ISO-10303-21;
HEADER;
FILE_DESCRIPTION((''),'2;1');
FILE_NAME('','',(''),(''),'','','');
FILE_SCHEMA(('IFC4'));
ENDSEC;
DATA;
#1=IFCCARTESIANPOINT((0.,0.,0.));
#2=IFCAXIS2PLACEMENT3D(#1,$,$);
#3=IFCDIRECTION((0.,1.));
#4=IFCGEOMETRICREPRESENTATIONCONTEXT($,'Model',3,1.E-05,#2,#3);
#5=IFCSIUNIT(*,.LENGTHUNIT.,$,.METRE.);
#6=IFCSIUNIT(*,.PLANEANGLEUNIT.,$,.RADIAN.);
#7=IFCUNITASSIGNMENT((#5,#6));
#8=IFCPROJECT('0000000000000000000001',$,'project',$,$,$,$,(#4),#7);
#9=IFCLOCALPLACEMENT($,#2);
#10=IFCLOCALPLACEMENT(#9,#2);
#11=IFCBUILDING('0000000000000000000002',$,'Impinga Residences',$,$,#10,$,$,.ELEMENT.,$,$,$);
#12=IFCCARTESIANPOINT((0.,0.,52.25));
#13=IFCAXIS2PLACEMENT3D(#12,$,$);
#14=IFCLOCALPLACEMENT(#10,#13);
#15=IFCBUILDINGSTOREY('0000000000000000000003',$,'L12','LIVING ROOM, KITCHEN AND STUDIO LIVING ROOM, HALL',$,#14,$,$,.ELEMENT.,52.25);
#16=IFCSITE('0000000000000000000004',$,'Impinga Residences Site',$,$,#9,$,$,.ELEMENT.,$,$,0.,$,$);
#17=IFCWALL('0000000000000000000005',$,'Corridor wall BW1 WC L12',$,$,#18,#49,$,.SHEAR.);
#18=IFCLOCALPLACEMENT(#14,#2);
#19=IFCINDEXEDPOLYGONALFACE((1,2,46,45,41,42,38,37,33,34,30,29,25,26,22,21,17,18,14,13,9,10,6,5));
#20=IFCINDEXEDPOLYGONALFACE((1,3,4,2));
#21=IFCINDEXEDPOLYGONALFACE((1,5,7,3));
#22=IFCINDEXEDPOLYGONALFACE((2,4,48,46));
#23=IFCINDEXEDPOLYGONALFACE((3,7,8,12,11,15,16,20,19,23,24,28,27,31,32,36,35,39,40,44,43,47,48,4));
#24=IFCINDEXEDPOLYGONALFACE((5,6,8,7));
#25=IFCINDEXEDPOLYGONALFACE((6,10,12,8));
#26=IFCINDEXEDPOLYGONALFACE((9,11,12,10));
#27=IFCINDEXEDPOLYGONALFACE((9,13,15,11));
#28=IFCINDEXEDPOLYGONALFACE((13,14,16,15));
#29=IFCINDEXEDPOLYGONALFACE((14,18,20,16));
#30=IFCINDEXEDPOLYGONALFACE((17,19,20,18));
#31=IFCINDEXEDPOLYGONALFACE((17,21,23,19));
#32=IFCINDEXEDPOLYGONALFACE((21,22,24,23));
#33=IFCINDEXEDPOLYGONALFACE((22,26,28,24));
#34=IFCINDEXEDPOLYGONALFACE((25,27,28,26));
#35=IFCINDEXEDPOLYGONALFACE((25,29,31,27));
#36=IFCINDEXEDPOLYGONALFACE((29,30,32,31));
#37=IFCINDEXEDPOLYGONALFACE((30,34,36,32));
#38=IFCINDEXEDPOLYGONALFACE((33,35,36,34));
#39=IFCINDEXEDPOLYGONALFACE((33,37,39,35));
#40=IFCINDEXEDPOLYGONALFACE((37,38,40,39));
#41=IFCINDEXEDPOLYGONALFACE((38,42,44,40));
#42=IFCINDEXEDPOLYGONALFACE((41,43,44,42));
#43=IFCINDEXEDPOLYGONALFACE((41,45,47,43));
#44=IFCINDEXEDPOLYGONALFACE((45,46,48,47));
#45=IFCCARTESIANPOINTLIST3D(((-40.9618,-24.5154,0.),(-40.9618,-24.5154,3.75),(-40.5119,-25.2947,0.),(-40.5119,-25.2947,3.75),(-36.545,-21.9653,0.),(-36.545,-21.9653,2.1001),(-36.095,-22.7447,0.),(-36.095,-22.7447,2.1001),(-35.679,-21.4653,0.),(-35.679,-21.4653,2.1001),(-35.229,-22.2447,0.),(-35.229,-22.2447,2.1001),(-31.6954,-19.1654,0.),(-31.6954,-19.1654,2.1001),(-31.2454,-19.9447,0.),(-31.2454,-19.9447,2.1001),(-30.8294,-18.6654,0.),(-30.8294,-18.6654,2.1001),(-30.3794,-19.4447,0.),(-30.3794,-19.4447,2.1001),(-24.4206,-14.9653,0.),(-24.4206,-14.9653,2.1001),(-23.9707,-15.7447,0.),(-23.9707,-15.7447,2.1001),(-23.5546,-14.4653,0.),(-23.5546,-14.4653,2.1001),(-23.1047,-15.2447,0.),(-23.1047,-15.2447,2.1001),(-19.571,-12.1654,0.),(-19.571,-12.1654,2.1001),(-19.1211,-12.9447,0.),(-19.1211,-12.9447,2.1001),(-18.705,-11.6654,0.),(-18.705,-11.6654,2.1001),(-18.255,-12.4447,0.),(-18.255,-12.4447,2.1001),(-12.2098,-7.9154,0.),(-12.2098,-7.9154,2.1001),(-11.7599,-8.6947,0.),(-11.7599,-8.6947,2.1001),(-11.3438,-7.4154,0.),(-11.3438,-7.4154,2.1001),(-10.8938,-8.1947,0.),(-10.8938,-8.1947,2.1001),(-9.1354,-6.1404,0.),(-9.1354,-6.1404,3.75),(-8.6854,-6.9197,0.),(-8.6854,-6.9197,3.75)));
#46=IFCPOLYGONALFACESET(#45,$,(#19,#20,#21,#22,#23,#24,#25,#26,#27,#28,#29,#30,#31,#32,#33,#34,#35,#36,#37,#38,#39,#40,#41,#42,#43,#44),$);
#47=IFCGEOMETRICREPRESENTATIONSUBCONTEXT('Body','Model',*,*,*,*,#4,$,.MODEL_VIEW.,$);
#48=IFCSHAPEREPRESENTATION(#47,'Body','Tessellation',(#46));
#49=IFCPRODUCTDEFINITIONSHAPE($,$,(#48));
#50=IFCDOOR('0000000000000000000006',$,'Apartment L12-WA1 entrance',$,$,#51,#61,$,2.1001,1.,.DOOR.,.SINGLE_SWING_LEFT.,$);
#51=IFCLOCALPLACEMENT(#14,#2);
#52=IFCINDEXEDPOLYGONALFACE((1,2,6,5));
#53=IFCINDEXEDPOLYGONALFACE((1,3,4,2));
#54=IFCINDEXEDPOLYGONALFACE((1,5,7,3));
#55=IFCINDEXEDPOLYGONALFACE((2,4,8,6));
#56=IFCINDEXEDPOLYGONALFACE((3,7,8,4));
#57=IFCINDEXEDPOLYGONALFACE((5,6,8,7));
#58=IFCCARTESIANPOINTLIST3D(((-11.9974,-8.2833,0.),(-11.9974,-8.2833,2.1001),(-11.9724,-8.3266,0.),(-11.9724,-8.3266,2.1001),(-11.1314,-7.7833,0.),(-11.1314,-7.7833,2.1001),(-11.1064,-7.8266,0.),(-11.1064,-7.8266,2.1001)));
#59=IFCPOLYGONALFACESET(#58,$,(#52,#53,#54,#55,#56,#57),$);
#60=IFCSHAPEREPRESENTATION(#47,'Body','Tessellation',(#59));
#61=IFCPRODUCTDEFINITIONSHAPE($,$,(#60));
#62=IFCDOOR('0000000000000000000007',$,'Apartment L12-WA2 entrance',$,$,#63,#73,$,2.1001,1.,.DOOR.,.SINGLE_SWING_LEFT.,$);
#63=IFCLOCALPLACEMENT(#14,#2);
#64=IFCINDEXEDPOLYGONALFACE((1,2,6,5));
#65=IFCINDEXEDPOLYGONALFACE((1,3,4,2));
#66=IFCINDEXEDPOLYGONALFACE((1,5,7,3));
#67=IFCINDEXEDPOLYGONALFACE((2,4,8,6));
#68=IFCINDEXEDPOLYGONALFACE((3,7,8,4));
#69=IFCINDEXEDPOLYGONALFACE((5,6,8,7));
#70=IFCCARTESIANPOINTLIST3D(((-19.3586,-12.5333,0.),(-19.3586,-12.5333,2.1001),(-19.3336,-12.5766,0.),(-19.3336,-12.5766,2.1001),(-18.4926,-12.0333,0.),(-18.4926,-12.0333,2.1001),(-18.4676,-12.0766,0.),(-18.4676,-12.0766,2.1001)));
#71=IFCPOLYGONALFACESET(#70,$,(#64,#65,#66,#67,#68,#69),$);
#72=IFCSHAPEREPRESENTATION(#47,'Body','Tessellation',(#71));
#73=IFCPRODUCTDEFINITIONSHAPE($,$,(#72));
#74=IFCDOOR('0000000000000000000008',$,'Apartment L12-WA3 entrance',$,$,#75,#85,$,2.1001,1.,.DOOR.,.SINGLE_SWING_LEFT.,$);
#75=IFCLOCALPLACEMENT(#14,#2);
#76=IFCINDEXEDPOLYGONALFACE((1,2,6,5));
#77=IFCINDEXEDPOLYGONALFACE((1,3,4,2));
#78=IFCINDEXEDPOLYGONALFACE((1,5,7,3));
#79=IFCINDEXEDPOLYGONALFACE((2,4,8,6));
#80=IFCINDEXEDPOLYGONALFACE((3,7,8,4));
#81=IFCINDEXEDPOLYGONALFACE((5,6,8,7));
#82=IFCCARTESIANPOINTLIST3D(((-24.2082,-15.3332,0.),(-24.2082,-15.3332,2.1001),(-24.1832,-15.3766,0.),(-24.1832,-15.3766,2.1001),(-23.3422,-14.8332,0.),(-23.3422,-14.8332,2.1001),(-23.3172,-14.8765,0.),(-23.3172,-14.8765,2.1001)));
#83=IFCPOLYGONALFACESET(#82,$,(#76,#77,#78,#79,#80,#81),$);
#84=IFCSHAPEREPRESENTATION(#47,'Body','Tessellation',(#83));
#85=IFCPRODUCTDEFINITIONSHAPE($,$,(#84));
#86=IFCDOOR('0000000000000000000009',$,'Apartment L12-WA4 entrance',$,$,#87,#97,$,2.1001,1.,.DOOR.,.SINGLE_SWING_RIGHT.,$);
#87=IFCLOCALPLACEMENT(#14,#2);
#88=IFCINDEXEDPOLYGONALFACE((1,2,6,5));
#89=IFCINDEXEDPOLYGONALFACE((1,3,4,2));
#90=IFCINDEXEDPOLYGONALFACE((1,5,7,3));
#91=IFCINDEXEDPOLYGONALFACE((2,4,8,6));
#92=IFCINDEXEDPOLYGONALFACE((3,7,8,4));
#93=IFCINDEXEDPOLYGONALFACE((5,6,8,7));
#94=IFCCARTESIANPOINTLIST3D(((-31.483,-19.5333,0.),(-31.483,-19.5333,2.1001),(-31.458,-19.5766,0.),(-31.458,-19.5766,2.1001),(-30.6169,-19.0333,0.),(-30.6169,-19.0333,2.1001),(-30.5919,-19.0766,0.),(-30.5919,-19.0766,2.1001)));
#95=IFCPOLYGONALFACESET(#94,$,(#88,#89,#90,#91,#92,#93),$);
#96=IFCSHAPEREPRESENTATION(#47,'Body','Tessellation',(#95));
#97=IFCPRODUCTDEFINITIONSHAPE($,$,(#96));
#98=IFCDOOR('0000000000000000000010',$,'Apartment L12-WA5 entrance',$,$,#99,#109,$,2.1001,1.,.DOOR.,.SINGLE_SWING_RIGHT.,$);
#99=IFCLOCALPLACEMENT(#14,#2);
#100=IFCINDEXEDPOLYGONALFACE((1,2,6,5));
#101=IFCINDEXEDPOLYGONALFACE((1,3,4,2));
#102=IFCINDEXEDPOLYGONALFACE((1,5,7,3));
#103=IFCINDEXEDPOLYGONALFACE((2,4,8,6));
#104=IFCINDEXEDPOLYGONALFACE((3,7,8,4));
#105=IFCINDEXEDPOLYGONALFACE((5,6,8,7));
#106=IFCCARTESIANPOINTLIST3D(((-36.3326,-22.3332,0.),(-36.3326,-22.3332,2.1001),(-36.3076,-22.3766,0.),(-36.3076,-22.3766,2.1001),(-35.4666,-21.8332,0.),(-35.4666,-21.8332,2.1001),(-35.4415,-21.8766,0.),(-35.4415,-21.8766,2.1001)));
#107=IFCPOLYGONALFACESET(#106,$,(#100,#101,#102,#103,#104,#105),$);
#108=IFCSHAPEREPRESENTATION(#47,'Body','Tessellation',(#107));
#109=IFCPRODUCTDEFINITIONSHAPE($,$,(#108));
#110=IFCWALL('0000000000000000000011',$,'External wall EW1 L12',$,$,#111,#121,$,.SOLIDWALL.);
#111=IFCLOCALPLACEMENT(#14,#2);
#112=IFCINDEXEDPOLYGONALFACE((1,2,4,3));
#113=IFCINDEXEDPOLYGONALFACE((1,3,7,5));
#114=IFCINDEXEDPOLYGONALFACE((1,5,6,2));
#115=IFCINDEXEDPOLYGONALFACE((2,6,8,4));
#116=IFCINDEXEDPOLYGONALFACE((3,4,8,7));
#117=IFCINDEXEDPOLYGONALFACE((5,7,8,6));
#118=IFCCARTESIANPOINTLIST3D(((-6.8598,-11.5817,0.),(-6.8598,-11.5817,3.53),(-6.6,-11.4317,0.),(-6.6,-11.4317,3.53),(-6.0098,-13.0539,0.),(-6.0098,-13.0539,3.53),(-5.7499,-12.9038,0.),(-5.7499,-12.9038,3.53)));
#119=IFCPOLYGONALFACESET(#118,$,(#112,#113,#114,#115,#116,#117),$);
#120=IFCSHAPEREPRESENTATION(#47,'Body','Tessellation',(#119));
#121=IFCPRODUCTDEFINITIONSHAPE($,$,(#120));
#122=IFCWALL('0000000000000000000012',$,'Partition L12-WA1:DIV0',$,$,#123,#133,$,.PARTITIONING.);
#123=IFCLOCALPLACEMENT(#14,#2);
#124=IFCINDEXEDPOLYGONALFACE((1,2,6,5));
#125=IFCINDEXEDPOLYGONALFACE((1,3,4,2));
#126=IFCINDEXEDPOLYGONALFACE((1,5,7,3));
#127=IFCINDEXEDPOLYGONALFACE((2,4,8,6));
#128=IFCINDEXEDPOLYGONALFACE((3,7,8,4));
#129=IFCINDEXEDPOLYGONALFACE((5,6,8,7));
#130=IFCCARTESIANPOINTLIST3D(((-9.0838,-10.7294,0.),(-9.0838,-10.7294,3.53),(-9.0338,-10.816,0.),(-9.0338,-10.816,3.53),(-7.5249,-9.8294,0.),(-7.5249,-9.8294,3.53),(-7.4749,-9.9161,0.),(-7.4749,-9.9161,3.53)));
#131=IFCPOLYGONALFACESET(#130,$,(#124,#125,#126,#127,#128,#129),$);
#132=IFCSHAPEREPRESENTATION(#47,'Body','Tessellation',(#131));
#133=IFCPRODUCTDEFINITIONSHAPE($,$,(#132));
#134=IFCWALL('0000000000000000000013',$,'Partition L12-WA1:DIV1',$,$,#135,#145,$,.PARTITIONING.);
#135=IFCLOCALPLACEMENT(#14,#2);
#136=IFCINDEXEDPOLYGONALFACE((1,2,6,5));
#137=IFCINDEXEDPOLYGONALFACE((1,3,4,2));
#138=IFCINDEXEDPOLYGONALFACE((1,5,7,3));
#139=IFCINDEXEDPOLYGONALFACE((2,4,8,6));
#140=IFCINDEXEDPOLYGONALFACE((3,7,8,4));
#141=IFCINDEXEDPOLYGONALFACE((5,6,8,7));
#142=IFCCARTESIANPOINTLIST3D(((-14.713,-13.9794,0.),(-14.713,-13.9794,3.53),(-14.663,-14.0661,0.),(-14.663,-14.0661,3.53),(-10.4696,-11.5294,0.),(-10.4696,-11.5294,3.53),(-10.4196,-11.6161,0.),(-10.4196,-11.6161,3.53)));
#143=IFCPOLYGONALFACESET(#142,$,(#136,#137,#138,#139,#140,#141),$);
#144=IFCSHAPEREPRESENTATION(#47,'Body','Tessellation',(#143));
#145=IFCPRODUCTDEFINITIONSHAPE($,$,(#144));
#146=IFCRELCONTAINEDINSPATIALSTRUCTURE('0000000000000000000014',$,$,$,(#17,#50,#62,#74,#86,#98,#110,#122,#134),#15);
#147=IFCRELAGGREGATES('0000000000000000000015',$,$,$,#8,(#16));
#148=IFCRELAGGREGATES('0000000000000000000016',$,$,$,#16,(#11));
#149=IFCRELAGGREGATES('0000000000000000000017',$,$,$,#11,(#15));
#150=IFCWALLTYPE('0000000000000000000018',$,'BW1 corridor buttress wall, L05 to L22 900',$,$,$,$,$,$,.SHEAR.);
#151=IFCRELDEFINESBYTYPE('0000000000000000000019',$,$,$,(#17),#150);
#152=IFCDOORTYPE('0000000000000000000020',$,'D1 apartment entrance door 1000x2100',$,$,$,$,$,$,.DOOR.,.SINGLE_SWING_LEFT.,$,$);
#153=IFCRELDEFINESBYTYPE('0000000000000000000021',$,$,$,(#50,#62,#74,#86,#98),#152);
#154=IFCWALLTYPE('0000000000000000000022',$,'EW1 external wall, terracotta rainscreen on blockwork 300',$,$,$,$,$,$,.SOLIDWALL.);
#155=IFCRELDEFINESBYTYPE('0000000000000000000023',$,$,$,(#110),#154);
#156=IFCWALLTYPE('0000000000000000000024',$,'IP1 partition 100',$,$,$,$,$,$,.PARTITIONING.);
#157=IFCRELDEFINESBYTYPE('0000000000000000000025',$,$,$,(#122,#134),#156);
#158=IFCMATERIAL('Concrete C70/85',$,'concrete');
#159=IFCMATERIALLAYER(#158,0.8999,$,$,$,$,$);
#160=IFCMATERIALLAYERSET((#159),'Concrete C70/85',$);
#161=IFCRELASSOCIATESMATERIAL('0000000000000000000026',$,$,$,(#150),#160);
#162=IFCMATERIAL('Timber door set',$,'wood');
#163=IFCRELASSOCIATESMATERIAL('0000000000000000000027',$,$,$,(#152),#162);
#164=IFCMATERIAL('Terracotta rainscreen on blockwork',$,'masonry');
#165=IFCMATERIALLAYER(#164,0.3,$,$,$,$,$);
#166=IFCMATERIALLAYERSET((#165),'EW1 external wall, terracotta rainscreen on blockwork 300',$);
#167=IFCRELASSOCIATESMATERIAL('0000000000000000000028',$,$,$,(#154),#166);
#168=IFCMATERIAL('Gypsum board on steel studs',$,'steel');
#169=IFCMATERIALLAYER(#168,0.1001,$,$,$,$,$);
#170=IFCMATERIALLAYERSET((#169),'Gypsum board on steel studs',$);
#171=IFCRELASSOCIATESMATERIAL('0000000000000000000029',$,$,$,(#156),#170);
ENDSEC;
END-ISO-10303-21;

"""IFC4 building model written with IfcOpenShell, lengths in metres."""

from ifc_helpers import new_model, si_unit, direction, frame, frame_2d, origin, place, context, subcontext, project, spatial, rectangle, extrude, material, layer, layer_set, type_object, element, fill, save


model = new_model("IFC4")

# Units and contexts
model_context = context("Model", 3, precision=1e-05, world=origin(), true_north=direction((0.0, 1.0)))
body_context = subcontext(model_context, "Body", "Model", "MODEL_VIEW")
ifc_project = project(units=[si_unit("LENGTHUNIT", "METRE"), si_unit("PLANEANGLEUNIT", "RADIAN")], contexts=[model_context])

# Site, building, storey
site_placement = place(None, origin())
site = spatial("IfcSite", under=ifc_project, at=site_placement, Name="Impinga Residences Site", CompositionType="ELEMENT", RefElevation=0.0)
building_placement = place(site_placement, origin())
building = spatial("IfcBuilding", under=site, at=building_placement, Name="Impinga Residences", CompositionType="ELEMENT")
storey_placement = place(building_placement, frame((0.0, 0.0, 52.25)))
storey = spatial("IfcBuildingStorey", under=building, at=storey_placement, Name="L12", Description="LIVING ROOM, KITCHEN AND STUDIO LIVING ROOM, HALL", CompositionType="ELEMENT", Elevation=52.25)

# Wall, openings, doors
ifc_material_1 = material(Name="Concrete C70/85", Category="concrete")
ifc_layer_1 = layer(ifc_material_1, 0.8999)
ifc_layer_set_1 = layer_set([ifc_layer_1], Name="Concrete C70/85")
wall_type_1 = type_object("IfcWallType", Name="BW1 corridor buttress wall, L05 to L22 900", PredefinedType="SHEAR", material=ifc_layer_set_1)
wall_1_placement = place(storey_placement, frame((-8.9104, -6.53, 0.0), z_axis=(0.0, 0.0, 1.0), x_axis=(-0.866025, -0.5, 0.0)))
wall_1 = element("IfcWall", 1, at=wall_1_placement, inside=storey, type_object=wall_type_1, Name="Corridor wall BW1 WC L12", PredefinedType="SHEAR", context=body_context, shape_type="SweptSolid", body=[
    extrude(rectangle(XDim=36.75, YDim=0.8999, at=frame_2d((18.375, 0.0))), origin(), (0.0, 0.0, 1.0), 3.75),
])
opening_1_placement = place(wall_1_placement, frame((2.55, 0.0, 0.0)))
opening_1 = element("IfcOpeningElement", 2, at=opening_1_placement, cuts=wall_1, PredefinedType="OPENING", context=body_context, shape_type="SweptSolid", body=[
    extrude(rectangle(XDim=1.0, YDim=2.1001, at=frame_2d((0.5, 1.05))), frame((0.0, 0.46, 0.0), z_axis=(0.0, -1.0, 0.0), x_axis=(1.0, 0.0, 0.0)), (0.0, 0.0, 1.0), 0.9199),
])
opening_2_placement = place(wall_1_placement, frame((11.05, 0.0, 0.0)))
opening_2 = element("IfcOpeningElement", 3, at=opening_2_placement, cuts=wall_1, PredefinedType="OPENING", context=body_context, shape_type="SweptSolid", body=[
    extrude(rectangle(XDim=1.0, YDim=2.1001, at=frame_2d((0.5, 1.05))), frame((0.0, 0.46, 0.0), z_axis=(0.0, -1.0, 0.0), x_axis=(1.0, 0.0, 0.0)), (0.0, 0.0, 1.0), 0.9199),
])
opening_3_placement = place(wall_1_placement, frame((16.6499, 0.0, 0.0)))
opening_3 = element("IfcOpeningElement", 4, at=opening_3_placement, cuts=wall_1, PredefinedType="OPENING", context=body_context, shape_type="SweptSolid", body=[
    extrude(rectangle(XDim=1.0, YDim=2.1001, at=frame_2d((0.5, 1.05))), frame((0.0, 0.46, 0.0), z_axis=(0.0, -1.0, 0.0), x_axis=(1.0, 0.0, 0.0)), (0.0, 0.0, 1.0), 0.9199),
])
opening_4_placement = place(wall_1_placement, frame((25.05, 0.0, 0.0)))
opening_4 = element("IfcOpeningElement", 5, at=opening_4_placement, cuts=wall_1, PredefinedType="OPENING", context=body_context, shape_type="SweptSolid", body=[
    extrude(rectangle(XDim=1.0, YDim=2.1001, at=frame_2d((0.5, 1.05))), frame((0.0, 0.46, 0.0), z_axis=(0.0, -1.0, 0.0), x_axis=(1.0, 0.0, 0.0)), (0.0, 0.0, 1.0), 0.9199),
])
opening_5_placement = place(wall_1_placement, frame((30.6499, 0.0, 0.0)))
opening_5 = element("IfcOpeningElement", 6, at=opening_5_placement, cuts=wall_1, PredefinedType="OPENING", context=body_context, shape_type="SweptSolid", body=[
    extrude(rectangle(XDim=1.0, YDim=2.1001, at=frame_2d((0.5, 1.05))), frame((0.0, 0.46, 0.0), z_axis=(0.0, -1.0, 0.0), x_axis=(1.0, 0.0, 0.0)), (0.0, 0.0, 1.0), 0.9199),
])
ifc_material_2 = material(Name="Timber door set", Category="wood")
door_type_1 = type_object("IfcDoorType", Name="D1 apartment entrance door 1000x2100", OperationType="SINGLE_SWING_LEFT", PredefinedType="DOOR", material=ifc_material_2)
door_1_placement = place(opening_1_placement, origin())
door_1 = element("IfcDoor", 7, at=door_1_placement, inside=storey, type_object=door_type_1, Name="Apartment L12-WA1 entrance", OperationType="SINGLE_SWING_LEFT", OverallHeight=2.1001, OverallWidth=1.0, PredefinedType="DOOR", context=body_context, shape_type="SweptSolid", body=[
    extrude(rectangle(XDim=1.0, YDim=2.1001, at=frame_2d((0.5, 1.05))), frame((0.0, 0.0249, 0.0), z_axis=(0.0, -1.0, 0.0), x_axis=(1.0, 0.0, 0.0)), (0.0, 0.0, 1.0), 0.05),
])
fill(opening_1, door_1)
door_2_placement = place(opening_2_placement, origin())
door_2 = element("IfcDoor", 8, at=door_2_placement, inside=storey, type_object=door_type_1, Name="Apartment L12-WA2 entrance", OperationType="SINGLE_SWING_LEFT", OverallHeight=2.1001, OverallWidth=1.0, PredefinedType="DOOR", context=body_context, shape_type="SweptSolid", body=[
    extrude(rectangle(XDim=1.0, YDim=2.1001, at=frame_2d((0.5, 1.05))), frame((0.0, 0.0249, 0.0), z_axis=(0.0, -1.0, 0.0), x_axis=(1.0, 0.0, 0.0)), (0.0, 0.0, 1.0), 0.05),
])
fill(opening_2, door_2)
door_3_placement = place(opening_3_placement, origin())
door_3 = element("IfcDoor", 9, at=door_3_placement, inside=storey, type_object=door_type_1, Name="Apartment L12-WA3 entrance", OperationType="SINGLE_SWING_LEFT", OverallHeight=2.1001, OverallWidth=1.0, PredefinedType="DOOR", context=body_context, shape_type="SweptSolid", body=[
    extrude(rectangle(XDim=1.0, YDim=2.1001, at=frame_2d((0.5, 1.05))), frame((0.0, 0.0249, 0.0), z_axis=(0.0, -1.0, 0.0), x_axis=(1.0, 0.0, 0.0)), (0.0, 0.0, 1.0), 0.05),
])
fill(opening_3, door_3)
door_4_placement = place(opening_4_placement, origin())
door_4 = element("IfcDoor", 10, at=door_4_placement, inside=storey, type_object=door_type_1, Name="Apartment L12-WA4 entrance", OperationType="SINGLE_SWING_RIGHT", OverallHeight=2.1001, OverallWidth=1.0, PredefinedType="DOOR", context=body_context, shape_type="SweptSolid", body=[
    extrude(rectangle(XDim=1.0, YDim=2.1001, at=frame_2d((0.5, 1.05))), frame((0.0, 0.0249, 0.0), z_axis=(0.0, -1.0, 0.0), x_axis=(1.0, 0.0, 0.0)), (0.0, 0.0, 1.0), 0.05),
])
fill(opening_4, door_4)
door_5_placement = place(opening_5_placement, origin())
door_5 = element("IfcDoor", 11, at=door_5_placement, inside=storey, type_object=door_type_1, Name="Apartment L12-WA5 entrance", OperationType="SINGLE_SWING_RIGHT", OverallHeight=2.1001, OverallWidth=1.0, PredefinedType="DOOR", context=body_context, shape_type="SweptSolid", body=[
    extrude(rectangle(XDim=1.0, YDim=2.1001, at=frame_2d((0.5, 1.05))), frame((0.0, 0.0249, 0.0), z_axis=(0.0, -1.0, 0.0), x_axis=(1.0, 0.0, 0.0)), (0.0, 0.0, 1.0), 0.05),
])
fill(opening_5, door_5)

# Walls
ifc_material_3 = material(Name="Terracotta rainscreen on blockwork", Category="masonry")
ifc_layer_2 = layer(ifc_material_3, 0.3)
ifc_layer_set_2 = layer_set([ifc_layer_2], Name="EW1 external wall, terracotta rainscreen on blockwork 300")
wall_type_2 = type_object("IfcWallType", Name="EW1 external wall, terracotta rainscreen on blockwork 300", PredefinedType="SOLIDWALL", material=ifc_layer_set_2)
wall_2_placement = place(storey_placement, frame((-6.73, -11.5066, 0.0), z_axis=(0.0, 0.0, 1.0), x_axis=(0.500062, -0.865989, 0.0)))
element("IfcWall", 12, at=wall_2_placement, inside=storey, type_object=wall_type_2, Name="External wall EW1 L12", PredefinedType="SOLIDWALL", context=body_context, shape_type="SweptSolid", body=[
    extrude(rectangle(XDim=1.7, YDim=0.3, at=frame_2d((0.8501, 0.0))), origin(), (0.0, 0.0, 1.0), 3.53),
])
ifc_material_4 = material(Name="Gypsum board on steel studs", Category="steel")
ifc_layer_3 = layer(ifc_material_4, 0.1001)
ifc_layer_set_3 = layer_set([ifc_layer_3], Name="Gypsum board on steel studs")
wall_type_3 = type_object("IfcWallType", Name="IP1 partition 100", PredefinedType="PARTITIONING", material=ifc_layer_set_3)
wall_3_placement = place(storey_placement, frame((-7.5, -9.8728, 0.0), z_axis=(0.0, 0.0, 1.0), x_axis=(-0.866048, -0.499961, 0.0)))
element("IfcWall", 13, at=wall_3_placement, inside=storey, type_object=wall_type_3, Name="Partition L12-WA1:DIV0", PredefinedType="PARTITIONING", context=body_context, shape_type="SweptSolid", body=[
    extrude(rectangle(XDim=1.8, YDim=0.1001, at=frame_2d((0.8999, 0.0))), origin(), (0.0, 0.0, 1.0), 3.53),
])
wall_4_placement = place(storey_placement, frame((-10.4446, -11.5728, 0.0), z_axis=(0.0, 0.0, 1.0), x_axis=(-0.866024, -0.500003, 0.0)))
element("IfcWall", 14, at=wall_4_placement, inside=storey, type_object=wall_type_3, Name="Partition L12-WA1:DIV1", PredefinedType="PARTITIONING", context=body_context, shape_type="SweptSolid", body=[
    extrude(rectangle(XDim=4.8999, YDim=0.1001, at=frame_2d((2.45, 0.0))), origin(), (0.0, 0.0, 1.0), 3.53),
])

save(model, "model.ifc")
